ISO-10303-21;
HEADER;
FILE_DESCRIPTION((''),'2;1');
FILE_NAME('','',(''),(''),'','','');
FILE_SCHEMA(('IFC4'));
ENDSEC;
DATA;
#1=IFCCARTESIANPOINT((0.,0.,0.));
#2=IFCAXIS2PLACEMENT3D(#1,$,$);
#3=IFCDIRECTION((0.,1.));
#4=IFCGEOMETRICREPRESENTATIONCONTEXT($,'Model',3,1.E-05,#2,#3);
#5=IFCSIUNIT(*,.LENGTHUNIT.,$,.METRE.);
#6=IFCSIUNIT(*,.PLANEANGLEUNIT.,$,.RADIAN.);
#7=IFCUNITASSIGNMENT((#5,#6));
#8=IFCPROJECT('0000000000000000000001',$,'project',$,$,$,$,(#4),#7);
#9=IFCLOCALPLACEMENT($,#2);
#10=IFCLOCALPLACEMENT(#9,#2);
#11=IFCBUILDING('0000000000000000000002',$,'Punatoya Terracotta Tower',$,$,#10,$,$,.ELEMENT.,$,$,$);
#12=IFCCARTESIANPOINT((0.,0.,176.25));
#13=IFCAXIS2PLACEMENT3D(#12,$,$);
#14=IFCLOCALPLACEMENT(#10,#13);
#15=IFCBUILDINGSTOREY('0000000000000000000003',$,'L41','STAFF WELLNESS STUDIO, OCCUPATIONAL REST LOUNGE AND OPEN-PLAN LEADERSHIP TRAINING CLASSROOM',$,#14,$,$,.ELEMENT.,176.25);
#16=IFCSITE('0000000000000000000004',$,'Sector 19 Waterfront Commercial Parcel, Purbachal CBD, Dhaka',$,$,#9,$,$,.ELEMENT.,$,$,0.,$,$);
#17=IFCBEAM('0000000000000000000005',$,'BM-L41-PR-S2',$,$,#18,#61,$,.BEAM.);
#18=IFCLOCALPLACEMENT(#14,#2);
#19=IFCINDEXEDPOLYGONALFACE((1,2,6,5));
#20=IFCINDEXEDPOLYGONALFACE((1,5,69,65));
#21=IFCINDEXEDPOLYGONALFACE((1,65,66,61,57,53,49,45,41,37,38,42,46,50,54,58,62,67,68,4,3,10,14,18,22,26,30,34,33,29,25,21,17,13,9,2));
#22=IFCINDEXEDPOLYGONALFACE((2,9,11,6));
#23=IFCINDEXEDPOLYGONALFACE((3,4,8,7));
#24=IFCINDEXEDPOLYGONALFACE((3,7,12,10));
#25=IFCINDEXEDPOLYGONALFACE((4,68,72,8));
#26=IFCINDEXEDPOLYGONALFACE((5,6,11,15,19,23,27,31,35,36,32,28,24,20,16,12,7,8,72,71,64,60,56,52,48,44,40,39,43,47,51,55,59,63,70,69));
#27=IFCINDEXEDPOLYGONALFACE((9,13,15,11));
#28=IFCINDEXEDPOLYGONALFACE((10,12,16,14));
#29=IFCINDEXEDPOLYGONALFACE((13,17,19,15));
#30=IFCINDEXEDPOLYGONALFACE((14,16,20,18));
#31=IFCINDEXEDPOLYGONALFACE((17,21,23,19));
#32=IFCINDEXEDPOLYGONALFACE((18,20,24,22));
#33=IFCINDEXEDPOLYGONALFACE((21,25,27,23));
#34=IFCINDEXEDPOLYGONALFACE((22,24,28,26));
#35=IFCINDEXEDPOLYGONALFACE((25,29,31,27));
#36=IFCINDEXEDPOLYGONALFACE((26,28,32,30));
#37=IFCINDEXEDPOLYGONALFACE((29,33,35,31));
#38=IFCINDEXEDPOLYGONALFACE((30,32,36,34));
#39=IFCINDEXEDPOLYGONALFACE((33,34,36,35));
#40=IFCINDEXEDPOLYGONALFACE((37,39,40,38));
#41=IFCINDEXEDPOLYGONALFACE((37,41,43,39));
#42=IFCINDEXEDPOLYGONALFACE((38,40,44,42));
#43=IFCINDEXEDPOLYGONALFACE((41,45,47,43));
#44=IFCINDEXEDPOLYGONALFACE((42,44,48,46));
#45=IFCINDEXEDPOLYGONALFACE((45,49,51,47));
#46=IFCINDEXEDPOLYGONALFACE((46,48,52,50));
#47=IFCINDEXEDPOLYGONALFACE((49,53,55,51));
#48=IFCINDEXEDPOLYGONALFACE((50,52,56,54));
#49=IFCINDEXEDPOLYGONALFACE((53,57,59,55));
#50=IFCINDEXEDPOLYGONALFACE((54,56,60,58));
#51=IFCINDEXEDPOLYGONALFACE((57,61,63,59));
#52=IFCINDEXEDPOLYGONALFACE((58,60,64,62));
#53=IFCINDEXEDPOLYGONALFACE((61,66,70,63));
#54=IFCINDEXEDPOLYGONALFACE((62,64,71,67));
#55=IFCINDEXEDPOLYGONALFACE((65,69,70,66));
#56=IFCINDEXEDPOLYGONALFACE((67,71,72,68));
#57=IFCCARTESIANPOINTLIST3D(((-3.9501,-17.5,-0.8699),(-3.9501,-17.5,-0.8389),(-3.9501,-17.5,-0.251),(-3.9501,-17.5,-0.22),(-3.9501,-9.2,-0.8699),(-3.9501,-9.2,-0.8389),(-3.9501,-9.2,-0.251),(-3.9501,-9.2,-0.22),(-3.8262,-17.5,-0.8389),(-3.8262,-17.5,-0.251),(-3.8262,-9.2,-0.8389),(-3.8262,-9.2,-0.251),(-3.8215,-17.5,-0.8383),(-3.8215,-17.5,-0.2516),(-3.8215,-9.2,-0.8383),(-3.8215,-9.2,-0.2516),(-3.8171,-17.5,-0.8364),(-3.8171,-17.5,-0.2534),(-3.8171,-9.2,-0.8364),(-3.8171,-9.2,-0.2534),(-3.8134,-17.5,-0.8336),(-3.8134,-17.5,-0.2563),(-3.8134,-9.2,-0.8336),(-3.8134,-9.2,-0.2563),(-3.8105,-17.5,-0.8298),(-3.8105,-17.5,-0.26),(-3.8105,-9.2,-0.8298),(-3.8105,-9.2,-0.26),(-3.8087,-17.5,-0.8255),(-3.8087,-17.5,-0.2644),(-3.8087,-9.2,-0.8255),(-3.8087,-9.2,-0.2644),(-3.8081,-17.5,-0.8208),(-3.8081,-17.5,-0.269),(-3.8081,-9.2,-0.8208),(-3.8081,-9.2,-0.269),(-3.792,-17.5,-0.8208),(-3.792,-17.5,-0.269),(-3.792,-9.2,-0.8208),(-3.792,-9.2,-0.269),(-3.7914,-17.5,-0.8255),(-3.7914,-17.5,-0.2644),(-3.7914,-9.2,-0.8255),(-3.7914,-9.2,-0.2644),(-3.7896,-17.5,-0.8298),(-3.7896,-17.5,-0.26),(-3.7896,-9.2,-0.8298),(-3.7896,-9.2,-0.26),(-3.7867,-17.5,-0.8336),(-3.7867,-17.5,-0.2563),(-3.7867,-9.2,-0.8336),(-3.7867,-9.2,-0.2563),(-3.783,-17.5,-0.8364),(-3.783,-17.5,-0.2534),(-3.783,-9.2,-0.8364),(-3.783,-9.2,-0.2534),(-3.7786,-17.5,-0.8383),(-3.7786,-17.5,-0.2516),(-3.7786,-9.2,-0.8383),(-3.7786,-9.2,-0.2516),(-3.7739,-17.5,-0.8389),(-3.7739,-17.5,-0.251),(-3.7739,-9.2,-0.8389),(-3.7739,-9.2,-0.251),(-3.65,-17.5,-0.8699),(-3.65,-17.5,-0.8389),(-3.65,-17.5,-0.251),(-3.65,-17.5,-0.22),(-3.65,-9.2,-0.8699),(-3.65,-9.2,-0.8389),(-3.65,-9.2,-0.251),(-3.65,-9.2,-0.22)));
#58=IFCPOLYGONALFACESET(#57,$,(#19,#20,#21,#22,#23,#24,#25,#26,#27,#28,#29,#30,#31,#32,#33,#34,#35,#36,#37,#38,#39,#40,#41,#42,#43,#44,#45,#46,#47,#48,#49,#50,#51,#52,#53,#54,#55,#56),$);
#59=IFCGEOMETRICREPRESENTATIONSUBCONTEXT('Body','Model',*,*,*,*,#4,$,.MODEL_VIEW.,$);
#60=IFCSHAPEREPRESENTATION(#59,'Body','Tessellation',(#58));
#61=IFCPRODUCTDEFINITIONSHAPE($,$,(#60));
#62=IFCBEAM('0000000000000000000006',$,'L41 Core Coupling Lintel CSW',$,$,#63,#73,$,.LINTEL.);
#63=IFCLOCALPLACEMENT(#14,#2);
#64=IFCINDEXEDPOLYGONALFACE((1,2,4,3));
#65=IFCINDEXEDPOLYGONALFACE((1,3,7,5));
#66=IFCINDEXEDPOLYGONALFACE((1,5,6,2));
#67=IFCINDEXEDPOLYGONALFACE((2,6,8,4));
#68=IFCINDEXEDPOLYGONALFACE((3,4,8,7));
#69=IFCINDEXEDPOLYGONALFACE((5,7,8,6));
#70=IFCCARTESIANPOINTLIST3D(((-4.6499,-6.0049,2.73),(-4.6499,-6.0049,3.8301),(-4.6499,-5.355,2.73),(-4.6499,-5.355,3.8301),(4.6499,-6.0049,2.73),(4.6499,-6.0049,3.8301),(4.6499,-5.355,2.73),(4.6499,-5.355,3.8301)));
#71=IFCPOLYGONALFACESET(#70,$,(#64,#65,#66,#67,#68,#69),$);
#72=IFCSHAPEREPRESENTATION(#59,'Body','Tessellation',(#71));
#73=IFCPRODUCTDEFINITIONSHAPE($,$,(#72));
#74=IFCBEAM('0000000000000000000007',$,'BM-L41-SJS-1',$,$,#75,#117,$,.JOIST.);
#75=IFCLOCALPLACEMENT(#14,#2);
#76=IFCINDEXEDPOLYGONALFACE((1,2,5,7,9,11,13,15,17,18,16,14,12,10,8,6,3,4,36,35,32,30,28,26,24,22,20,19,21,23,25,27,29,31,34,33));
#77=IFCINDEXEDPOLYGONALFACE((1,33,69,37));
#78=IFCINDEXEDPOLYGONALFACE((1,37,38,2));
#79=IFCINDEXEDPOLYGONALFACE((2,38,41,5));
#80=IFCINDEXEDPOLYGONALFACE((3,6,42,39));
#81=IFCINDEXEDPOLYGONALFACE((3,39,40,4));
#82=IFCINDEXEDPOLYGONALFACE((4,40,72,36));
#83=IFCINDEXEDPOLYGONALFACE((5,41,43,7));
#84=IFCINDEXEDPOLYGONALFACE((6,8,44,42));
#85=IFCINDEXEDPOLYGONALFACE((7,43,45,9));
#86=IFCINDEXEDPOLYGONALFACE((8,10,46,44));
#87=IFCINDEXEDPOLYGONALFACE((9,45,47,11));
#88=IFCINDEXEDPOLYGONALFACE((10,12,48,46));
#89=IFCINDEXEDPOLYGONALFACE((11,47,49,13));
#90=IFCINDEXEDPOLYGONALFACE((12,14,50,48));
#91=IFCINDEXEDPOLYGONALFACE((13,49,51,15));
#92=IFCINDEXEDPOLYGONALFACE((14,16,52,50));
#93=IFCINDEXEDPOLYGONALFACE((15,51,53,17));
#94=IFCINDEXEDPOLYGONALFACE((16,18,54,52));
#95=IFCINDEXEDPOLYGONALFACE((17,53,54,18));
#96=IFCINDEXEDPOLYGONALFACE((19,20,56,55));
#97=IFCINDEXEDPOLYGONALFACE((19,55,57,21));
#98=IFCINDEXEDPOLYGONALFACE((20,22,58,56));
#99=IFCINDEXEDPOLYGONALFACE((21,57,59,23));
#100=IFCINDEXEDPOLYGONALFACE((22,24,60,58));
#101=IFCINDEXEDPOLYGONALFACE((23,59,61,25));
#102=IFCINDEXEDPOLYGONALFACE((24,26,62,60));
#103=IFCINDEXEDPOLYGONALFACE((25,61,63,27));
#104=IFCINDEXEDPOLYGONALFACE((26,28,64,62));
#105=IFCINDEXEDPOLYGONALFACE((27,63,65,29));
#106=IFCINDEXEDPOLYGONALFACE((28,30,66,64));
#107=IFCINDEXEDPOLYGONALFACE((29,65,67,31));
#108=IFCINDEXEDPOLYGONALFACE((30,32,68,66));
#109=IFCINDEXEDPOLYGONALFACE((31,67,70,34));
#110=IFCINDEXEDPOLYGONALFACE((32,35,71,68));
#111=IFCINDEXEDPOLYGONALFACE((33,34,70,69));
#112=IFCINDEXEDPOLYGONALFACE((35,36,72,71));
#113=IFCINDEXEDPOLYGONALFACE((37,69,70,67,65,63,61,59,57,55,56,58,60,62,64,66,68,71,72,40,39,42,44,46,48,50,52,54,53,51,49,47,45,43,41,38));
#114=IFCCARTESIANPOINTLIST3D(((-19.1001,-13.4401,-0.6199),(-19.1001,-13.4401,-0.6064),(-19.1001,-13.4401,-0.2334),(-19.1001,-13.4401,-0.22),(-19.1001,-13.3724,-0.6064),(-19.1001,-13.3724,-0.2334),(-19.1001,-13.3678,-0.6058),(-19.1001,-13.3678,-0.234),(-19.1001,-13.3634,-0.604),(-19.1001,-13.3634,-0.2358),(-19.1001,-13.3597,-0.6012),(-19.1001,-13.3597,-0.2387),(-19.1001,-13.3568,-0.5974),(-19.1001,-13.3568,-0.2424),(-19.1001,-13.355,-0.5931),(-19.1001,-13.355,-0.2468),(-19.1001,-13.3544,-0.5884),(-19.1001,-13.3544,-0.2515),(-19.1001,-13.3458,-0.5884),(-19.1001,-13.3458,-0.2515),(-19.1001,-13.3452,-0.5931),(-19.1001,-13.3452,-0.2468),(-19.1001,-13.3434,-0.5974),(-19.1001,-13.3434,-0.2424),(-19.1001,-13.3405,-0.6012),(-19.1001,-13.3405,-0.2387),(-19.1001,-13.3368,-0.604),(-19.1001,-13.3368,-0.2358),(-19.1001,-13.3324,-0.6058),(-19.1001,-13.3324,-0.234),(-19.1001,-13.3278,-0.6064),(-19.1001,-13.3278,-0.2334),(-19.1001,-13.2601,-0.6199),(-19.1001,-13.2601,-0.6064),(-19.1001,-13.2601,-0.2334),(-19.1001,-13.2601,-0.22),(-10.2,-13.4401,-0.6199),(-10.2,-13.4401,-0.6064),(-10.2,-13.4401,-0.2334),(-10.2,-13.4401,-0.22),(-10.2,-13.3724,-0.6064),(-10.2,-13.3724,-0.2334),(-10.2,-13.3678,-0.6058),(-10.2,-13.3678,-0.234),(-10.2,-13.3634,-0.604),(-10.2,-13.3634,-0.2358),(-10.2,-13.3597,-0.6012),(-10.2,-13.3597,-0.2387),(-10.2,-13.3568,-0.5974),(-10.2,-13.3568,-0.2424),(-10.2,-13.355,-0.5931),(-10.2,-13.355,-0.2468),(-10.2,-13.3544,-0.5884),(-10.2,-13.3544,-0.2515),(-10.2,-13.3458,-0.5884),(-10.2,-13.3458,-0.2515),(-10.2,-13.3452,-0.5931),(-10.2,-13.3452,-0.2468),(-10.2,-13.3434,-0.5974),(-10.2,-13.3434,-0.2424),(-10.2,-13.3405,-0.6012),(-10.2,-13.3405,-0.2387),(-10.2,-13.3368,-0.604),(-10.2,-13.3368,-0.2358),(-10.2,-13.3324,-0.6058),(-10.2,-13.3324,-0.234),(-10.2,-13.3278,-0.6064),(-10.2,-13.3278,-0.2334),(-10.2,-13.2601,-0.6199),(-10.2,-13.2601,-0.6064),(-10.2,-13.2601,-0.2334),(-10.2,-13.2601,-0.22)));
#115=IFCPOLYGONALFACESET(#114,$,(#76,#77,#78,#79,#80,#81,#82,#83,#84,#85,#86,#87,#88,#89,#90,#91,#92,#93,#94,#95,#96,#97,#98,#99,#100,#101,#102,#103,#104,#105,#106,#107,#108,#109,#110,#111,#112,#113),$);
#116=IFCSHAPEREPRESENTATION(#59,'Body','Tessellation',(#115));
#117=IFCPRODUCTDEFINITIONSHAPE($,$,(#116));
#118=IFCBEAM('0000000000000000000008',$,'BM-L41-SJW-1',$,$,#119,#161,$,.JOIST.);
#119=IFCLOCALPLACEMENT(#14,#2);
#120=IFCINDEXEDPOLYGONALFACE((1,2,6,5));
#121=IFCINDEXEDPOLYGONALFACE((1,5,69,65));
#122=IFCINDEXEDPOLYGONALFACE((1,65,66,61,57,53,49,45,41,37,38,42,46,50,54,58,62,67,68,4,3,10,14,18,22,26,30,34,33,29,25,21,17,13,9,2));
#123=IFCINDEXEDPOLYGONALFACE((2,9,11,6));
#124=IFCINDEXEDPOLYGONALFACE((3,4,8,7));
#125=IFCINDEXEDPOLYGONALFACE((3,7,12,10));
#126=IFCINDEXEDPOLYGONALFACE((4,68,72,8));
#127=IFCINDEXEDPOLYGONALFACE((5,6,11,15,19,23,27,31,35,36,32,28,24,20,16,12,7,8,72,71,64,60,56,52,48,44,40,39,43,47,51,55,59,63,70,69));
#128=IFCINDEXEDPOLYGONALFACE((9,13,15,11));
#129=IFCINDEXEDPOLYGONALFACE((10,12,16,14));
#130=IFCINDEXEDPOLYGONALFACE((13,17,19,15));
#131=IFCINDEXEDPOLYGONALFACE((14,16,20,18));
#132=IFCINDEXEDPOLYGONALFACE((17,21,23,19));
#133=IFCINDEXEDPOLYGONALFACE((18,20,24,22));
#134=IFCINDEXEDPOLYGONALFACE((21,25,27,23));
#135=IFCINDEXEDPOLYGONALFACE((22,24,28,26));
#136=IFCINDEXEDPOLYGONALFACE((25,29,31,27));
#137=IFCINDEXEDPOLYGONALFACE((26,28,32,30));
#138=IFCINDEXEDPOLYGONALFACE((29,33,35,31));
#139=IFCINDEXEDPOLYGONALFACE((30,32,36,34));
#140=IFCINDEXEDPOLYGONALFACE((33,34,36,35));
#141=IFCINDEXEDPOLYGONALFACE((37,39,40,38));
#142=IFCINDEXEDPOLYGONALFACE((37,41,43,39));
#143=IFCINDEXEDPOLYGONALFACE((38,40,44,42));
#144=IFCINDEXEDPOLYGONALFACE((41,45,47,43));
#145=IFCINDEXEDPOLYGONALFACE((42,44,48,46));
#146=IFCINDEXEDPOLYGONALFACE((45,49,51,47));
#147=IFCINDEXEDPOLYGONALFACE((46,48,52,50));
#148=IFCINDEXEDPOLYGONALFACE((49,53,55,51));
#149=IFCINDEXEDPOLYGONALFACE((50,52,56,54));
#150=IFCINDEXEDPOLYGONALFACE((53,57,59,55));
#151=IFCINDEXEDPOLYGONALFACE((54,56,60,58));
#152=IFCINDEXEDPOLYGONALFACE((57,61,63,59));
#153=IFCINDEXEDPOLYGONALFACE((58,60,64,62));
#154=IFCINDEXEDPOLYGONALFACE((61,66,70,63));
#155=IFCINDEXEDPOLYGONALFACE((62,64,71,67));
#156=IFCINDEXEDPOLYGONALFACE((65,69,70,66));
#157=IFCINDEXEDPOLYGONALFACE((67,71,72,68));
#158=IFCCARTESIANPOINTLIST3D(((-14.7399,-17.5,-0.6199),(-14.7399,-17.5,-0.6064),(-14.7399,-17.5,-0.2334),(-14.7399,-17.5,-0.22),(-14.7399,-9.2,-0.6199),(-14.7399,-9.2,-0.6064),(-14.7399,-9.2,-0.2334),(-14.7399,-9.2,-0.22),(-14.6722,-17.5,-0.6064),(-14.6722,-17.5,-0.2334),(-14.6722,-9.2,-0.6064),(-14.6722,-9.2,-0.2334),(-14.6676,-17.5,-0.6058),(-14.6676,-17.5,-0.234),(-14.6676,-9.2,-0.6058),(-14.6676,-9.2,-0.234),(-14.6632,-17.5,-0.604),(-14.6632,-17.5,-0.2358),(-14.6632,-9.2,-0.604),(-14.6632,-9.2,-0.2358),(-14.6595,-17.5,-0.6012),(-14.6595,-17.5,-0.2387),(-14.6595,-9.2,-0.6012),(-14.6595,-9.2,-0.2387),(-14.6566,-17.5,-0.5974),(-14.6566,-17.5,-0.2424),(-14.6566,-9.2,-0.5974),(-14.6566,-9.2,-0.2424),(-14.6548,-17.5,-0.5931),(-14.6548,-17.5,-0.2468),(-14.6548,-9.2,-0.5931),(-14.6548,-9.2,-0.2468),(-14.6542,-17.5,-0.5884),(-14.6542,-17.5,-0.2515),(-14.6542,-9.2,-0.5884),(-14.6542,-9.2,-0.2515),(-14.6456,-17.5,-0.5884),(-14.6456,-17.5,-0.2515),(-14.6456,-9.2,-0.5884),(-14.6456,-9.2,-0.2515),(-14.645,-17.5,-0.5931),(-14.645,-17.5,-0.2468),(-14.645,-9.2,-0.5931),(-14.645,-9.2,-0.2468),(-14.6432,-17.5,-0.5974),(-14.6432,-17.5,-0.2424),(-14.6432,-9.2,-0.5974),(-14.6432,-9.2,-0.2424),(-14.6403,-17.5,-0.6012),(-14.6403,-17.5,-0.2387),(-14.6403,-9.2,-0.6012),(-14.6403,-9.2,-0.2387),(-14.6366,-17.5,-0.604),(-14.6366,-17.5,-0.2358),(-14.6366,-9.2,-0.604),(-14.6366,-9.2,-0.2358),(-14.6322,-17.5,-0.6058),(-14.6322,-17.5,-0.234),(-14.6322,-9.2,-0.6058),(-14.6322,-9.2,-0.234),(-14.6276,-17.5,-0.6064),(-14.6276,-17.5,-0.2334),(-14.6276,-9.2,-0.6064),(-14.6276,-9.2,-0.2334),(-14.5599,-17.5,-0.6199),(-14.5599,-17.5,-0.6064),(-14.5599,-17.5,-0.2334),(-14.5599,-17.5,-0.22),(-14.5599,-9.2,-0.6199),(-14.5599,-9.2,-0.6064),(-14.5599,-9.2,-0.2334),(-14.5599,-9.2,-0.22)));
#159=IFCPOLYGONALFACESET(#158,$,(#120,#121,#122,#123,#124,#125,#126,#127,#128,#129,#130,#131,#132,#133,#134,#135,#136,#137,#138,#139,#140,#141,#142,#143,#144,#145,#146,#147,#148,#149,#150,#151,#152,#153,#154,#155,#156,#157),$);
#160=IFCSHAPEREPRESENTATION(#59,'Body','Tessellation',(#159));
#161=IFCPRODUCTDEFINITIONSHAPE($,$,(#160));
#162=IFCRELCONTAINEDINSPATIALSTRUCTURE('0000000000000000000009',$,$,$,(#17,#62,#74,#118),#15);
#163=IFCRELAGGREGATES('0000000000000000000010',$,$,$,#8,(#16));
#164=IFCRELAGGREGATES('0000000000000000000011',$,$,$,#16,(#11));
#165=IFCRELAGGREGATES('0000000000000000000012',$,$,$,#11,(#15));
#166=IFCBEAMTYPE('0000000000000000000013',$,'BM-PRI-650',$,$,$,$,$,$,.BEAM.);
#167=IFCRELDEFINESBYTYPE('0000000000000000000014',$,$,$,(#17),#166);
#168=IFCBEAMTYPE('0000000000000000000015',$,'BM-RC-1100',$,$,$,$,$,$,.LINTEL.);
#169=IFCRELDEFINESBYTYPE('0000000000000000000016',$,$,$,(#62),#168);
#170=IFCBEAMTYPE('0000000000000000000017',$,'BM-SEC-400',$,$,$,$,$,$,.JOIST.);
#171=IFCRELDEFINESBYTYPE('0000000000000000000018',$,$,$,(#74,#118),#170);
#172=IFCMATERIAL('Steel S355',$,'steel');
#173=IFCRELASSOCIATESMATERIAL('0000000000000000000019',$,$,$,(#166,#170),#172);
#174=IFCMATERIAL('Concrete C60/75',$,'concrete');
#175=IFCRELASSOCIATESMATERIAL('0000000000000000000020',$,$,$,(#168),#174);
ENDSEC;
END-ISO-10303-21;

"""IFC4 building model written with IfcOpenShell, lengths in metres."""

from ifc_helpers import new_model, si_unit, direction, frame, origin, origin_2d, place, context, subcontext, project, spatial, rectangle, i_section, extrude, material, material_profile, profile_set, type_object, element, save


model = new_model("IFC4")

# Units and contexts
model_context = context("Model", 3, precision=1e-05, world=origin(), true_north=direction((0.0, 1.0)))
body_context = subcontext(model_context, "Body", "Model", "MODEL_VIEW")
ifc_project = project(units=[si_unit("LENGTHUNIT", "METRE"), si_unit("PLANEANGLEUNIT", "RADIAN")], contexts=[model_context])

# Site, building, storey
site_placement = place(None, origin())
site = spatial("IfcSite", under=ifc_project, at=site_placement, Name="Sector 19 Waterfront Commercial Parcel, Purbachal CBD, Dhaka", CompositionType="ELEMENT", RefElevation=0.0)
building_placement = place(site_placement, origin())
building = spatial("IfcBuilding", under=site, at=building_placement, Name="Punatoya Terracotta Tower", CompositionType="ELEMENT")
storey_placement = place(building_placement, frame((0.0, 0.0, 176.25)))
storey = spatial("IfcBuildingStorey", under=building, at=storey_placement, Name="L41", Description="STAFF WELLNESS STUDIO, OCCUPATIONAL REST LOUNGE AND OPEN-PLAN LEADERSHIP TRAINING CLASSROOM", CompositionType="ELEMENT", Elevation=176.25)

# Beams
ifc_material_1 = material(Name="Steel S355", Category="steel")
ifc_material_profile_1 = material_profile(ifc_material_1, i_section(OverallWidth=0.3, OverallDepth=0.6499, WebThickness=0.0161, FlangeThickness=0.031, FilletRadius=0.0181, at=origin_2d()))
ifc_profile_set_1 = profile_set([ifc_material_profile_1], Name="Steel S355")
beam_type_1 = type_object("IfcBeamType", Name="BM-PRI-650", PredefinedType="BEAM", material=ifc_profile_set_1)
for number, where, z_axis, x_axis, name in (
    (1, (-3.8, -17.5, -0.5449), (0.0, 1.0, 0.0), (-1.0, 0.0, 0.0), "BM-L41-PR-S2"),
):
    element("IfcBeam", number, at=place(storey_placement, frame(where, z_axis=z_axis, x_axis=x_axis)), inside=storey, type_object=beam_type_1, Name=name, PredefinedType="BEAM", context=body_context, shape_type="SweptSolid", body=[
        extrude(i_section(OverallWidth=0.3, OverallDepth=0.6499, WebThickness=0.0161, FlangeThickness=0.031, FilletRadius=0.0181, at=origin_2d()), origin(), (0.0, 0.0, 1.0), 8.3),
    ])
ifc_material_2 = material(Name="Concrete C60/75", Category="concrete")
ifc_material_profile_2 = material_profile(ifc_material_2, rectangle(XDim=0.6499, YDim=1.1001, at=origin_2d()))
ifc_profile_set_2 = profile_set([ifc_material_profile_2], Name="Concrete C60/75")
beam_type_2 = type_object("IfcBeamType", Name="BM-RC-1100", PredefinedType="LINTEL", material=ifc_profile_set_2)
beam_1_placement = place(storey_placement, frame((-4.6499, -5.6799, 3.28), z_axis=(1.0, 0.0, 0.0), x_axis=(0.0, 1.0, 0.0)))
element("IfcBeam", 2, at=beam_1_placement, inside=storey, type_object=beam_type_2, Name="L41 Core Coupling Lintel CSW", PredefinedType="LINTEL", context=body_context, shape_type="SweptSolid", body=[
    extrude(rectangle(XDim=0.6499, YDim=1.1001, at=origin_2d()), origin(), (0.0, 0.0, 1.0), 9.2998),
])
ifc_material_profile_3 = material_profile(ifc_material_1, i_section(OverallWidth=0.1799, OverallDepth=0.3999, WebThickness=0.0085, FlangeThickness=0.0134, FilletRadius=0.0181, at=origin_2d()))
ifc_profile_set_3 = profile_set([ifc_material_profile_3], Name="Steel S355")
beam_type_3 = type_object("IfcBeamType", Name="BM-SEC-400", PredefinedType="JOIST", material=ifc_profile_set_3)
beam_2_placement = place(storey_placement, frame((-19.1001, -13.3501, -0.4199), z_axis=(1.0, 0.0, 0.0), x_axis=(0.0, 1.0, 0.0)))
element("IfcBeam", 3, at=beam_2_placement, inside=storey, type_object=beam_type_3, Name="BM-L41-SJS-1", PredefinedType="JOIST", context=body_context, shape_type="SweptSolid", body=[
    extrude(i_section(OverallWidth=0.1799, OverallDepth=0.3999, WebThickness=0.0085, FlangeThickness=0.0134, FilletRadius=0.0181, at=origin_2d()), origin(), (0.0, 0.0, 1.0), 8.9001),
])
beam_3_placement = place(storey_placement, frame((-14.6499, -17.5, -0.4199), z_axis=(0.0, 1.0, 0.0), x_axis=(-1.0, 0.0, 0.0)))
element("IfcBeam", 4, at=beam_3_placement, inside=storey, type_object=beam_type_3, Name="BM-L41-SJW-1", PredefinedType="JOIST", context=body_context, shape_type="SweptSolid", body=[
    extrude(i_section(OverallWidth=0.1799, OverallDepth=0.3999, WebThickness=0.0085, FlangeThickness=0.0134, FilletRadius=0.0181, at=origin_2d()), origin(), (0.0, 0.0, 1.0), 8.3),
])

save(model, "model.ifc")
